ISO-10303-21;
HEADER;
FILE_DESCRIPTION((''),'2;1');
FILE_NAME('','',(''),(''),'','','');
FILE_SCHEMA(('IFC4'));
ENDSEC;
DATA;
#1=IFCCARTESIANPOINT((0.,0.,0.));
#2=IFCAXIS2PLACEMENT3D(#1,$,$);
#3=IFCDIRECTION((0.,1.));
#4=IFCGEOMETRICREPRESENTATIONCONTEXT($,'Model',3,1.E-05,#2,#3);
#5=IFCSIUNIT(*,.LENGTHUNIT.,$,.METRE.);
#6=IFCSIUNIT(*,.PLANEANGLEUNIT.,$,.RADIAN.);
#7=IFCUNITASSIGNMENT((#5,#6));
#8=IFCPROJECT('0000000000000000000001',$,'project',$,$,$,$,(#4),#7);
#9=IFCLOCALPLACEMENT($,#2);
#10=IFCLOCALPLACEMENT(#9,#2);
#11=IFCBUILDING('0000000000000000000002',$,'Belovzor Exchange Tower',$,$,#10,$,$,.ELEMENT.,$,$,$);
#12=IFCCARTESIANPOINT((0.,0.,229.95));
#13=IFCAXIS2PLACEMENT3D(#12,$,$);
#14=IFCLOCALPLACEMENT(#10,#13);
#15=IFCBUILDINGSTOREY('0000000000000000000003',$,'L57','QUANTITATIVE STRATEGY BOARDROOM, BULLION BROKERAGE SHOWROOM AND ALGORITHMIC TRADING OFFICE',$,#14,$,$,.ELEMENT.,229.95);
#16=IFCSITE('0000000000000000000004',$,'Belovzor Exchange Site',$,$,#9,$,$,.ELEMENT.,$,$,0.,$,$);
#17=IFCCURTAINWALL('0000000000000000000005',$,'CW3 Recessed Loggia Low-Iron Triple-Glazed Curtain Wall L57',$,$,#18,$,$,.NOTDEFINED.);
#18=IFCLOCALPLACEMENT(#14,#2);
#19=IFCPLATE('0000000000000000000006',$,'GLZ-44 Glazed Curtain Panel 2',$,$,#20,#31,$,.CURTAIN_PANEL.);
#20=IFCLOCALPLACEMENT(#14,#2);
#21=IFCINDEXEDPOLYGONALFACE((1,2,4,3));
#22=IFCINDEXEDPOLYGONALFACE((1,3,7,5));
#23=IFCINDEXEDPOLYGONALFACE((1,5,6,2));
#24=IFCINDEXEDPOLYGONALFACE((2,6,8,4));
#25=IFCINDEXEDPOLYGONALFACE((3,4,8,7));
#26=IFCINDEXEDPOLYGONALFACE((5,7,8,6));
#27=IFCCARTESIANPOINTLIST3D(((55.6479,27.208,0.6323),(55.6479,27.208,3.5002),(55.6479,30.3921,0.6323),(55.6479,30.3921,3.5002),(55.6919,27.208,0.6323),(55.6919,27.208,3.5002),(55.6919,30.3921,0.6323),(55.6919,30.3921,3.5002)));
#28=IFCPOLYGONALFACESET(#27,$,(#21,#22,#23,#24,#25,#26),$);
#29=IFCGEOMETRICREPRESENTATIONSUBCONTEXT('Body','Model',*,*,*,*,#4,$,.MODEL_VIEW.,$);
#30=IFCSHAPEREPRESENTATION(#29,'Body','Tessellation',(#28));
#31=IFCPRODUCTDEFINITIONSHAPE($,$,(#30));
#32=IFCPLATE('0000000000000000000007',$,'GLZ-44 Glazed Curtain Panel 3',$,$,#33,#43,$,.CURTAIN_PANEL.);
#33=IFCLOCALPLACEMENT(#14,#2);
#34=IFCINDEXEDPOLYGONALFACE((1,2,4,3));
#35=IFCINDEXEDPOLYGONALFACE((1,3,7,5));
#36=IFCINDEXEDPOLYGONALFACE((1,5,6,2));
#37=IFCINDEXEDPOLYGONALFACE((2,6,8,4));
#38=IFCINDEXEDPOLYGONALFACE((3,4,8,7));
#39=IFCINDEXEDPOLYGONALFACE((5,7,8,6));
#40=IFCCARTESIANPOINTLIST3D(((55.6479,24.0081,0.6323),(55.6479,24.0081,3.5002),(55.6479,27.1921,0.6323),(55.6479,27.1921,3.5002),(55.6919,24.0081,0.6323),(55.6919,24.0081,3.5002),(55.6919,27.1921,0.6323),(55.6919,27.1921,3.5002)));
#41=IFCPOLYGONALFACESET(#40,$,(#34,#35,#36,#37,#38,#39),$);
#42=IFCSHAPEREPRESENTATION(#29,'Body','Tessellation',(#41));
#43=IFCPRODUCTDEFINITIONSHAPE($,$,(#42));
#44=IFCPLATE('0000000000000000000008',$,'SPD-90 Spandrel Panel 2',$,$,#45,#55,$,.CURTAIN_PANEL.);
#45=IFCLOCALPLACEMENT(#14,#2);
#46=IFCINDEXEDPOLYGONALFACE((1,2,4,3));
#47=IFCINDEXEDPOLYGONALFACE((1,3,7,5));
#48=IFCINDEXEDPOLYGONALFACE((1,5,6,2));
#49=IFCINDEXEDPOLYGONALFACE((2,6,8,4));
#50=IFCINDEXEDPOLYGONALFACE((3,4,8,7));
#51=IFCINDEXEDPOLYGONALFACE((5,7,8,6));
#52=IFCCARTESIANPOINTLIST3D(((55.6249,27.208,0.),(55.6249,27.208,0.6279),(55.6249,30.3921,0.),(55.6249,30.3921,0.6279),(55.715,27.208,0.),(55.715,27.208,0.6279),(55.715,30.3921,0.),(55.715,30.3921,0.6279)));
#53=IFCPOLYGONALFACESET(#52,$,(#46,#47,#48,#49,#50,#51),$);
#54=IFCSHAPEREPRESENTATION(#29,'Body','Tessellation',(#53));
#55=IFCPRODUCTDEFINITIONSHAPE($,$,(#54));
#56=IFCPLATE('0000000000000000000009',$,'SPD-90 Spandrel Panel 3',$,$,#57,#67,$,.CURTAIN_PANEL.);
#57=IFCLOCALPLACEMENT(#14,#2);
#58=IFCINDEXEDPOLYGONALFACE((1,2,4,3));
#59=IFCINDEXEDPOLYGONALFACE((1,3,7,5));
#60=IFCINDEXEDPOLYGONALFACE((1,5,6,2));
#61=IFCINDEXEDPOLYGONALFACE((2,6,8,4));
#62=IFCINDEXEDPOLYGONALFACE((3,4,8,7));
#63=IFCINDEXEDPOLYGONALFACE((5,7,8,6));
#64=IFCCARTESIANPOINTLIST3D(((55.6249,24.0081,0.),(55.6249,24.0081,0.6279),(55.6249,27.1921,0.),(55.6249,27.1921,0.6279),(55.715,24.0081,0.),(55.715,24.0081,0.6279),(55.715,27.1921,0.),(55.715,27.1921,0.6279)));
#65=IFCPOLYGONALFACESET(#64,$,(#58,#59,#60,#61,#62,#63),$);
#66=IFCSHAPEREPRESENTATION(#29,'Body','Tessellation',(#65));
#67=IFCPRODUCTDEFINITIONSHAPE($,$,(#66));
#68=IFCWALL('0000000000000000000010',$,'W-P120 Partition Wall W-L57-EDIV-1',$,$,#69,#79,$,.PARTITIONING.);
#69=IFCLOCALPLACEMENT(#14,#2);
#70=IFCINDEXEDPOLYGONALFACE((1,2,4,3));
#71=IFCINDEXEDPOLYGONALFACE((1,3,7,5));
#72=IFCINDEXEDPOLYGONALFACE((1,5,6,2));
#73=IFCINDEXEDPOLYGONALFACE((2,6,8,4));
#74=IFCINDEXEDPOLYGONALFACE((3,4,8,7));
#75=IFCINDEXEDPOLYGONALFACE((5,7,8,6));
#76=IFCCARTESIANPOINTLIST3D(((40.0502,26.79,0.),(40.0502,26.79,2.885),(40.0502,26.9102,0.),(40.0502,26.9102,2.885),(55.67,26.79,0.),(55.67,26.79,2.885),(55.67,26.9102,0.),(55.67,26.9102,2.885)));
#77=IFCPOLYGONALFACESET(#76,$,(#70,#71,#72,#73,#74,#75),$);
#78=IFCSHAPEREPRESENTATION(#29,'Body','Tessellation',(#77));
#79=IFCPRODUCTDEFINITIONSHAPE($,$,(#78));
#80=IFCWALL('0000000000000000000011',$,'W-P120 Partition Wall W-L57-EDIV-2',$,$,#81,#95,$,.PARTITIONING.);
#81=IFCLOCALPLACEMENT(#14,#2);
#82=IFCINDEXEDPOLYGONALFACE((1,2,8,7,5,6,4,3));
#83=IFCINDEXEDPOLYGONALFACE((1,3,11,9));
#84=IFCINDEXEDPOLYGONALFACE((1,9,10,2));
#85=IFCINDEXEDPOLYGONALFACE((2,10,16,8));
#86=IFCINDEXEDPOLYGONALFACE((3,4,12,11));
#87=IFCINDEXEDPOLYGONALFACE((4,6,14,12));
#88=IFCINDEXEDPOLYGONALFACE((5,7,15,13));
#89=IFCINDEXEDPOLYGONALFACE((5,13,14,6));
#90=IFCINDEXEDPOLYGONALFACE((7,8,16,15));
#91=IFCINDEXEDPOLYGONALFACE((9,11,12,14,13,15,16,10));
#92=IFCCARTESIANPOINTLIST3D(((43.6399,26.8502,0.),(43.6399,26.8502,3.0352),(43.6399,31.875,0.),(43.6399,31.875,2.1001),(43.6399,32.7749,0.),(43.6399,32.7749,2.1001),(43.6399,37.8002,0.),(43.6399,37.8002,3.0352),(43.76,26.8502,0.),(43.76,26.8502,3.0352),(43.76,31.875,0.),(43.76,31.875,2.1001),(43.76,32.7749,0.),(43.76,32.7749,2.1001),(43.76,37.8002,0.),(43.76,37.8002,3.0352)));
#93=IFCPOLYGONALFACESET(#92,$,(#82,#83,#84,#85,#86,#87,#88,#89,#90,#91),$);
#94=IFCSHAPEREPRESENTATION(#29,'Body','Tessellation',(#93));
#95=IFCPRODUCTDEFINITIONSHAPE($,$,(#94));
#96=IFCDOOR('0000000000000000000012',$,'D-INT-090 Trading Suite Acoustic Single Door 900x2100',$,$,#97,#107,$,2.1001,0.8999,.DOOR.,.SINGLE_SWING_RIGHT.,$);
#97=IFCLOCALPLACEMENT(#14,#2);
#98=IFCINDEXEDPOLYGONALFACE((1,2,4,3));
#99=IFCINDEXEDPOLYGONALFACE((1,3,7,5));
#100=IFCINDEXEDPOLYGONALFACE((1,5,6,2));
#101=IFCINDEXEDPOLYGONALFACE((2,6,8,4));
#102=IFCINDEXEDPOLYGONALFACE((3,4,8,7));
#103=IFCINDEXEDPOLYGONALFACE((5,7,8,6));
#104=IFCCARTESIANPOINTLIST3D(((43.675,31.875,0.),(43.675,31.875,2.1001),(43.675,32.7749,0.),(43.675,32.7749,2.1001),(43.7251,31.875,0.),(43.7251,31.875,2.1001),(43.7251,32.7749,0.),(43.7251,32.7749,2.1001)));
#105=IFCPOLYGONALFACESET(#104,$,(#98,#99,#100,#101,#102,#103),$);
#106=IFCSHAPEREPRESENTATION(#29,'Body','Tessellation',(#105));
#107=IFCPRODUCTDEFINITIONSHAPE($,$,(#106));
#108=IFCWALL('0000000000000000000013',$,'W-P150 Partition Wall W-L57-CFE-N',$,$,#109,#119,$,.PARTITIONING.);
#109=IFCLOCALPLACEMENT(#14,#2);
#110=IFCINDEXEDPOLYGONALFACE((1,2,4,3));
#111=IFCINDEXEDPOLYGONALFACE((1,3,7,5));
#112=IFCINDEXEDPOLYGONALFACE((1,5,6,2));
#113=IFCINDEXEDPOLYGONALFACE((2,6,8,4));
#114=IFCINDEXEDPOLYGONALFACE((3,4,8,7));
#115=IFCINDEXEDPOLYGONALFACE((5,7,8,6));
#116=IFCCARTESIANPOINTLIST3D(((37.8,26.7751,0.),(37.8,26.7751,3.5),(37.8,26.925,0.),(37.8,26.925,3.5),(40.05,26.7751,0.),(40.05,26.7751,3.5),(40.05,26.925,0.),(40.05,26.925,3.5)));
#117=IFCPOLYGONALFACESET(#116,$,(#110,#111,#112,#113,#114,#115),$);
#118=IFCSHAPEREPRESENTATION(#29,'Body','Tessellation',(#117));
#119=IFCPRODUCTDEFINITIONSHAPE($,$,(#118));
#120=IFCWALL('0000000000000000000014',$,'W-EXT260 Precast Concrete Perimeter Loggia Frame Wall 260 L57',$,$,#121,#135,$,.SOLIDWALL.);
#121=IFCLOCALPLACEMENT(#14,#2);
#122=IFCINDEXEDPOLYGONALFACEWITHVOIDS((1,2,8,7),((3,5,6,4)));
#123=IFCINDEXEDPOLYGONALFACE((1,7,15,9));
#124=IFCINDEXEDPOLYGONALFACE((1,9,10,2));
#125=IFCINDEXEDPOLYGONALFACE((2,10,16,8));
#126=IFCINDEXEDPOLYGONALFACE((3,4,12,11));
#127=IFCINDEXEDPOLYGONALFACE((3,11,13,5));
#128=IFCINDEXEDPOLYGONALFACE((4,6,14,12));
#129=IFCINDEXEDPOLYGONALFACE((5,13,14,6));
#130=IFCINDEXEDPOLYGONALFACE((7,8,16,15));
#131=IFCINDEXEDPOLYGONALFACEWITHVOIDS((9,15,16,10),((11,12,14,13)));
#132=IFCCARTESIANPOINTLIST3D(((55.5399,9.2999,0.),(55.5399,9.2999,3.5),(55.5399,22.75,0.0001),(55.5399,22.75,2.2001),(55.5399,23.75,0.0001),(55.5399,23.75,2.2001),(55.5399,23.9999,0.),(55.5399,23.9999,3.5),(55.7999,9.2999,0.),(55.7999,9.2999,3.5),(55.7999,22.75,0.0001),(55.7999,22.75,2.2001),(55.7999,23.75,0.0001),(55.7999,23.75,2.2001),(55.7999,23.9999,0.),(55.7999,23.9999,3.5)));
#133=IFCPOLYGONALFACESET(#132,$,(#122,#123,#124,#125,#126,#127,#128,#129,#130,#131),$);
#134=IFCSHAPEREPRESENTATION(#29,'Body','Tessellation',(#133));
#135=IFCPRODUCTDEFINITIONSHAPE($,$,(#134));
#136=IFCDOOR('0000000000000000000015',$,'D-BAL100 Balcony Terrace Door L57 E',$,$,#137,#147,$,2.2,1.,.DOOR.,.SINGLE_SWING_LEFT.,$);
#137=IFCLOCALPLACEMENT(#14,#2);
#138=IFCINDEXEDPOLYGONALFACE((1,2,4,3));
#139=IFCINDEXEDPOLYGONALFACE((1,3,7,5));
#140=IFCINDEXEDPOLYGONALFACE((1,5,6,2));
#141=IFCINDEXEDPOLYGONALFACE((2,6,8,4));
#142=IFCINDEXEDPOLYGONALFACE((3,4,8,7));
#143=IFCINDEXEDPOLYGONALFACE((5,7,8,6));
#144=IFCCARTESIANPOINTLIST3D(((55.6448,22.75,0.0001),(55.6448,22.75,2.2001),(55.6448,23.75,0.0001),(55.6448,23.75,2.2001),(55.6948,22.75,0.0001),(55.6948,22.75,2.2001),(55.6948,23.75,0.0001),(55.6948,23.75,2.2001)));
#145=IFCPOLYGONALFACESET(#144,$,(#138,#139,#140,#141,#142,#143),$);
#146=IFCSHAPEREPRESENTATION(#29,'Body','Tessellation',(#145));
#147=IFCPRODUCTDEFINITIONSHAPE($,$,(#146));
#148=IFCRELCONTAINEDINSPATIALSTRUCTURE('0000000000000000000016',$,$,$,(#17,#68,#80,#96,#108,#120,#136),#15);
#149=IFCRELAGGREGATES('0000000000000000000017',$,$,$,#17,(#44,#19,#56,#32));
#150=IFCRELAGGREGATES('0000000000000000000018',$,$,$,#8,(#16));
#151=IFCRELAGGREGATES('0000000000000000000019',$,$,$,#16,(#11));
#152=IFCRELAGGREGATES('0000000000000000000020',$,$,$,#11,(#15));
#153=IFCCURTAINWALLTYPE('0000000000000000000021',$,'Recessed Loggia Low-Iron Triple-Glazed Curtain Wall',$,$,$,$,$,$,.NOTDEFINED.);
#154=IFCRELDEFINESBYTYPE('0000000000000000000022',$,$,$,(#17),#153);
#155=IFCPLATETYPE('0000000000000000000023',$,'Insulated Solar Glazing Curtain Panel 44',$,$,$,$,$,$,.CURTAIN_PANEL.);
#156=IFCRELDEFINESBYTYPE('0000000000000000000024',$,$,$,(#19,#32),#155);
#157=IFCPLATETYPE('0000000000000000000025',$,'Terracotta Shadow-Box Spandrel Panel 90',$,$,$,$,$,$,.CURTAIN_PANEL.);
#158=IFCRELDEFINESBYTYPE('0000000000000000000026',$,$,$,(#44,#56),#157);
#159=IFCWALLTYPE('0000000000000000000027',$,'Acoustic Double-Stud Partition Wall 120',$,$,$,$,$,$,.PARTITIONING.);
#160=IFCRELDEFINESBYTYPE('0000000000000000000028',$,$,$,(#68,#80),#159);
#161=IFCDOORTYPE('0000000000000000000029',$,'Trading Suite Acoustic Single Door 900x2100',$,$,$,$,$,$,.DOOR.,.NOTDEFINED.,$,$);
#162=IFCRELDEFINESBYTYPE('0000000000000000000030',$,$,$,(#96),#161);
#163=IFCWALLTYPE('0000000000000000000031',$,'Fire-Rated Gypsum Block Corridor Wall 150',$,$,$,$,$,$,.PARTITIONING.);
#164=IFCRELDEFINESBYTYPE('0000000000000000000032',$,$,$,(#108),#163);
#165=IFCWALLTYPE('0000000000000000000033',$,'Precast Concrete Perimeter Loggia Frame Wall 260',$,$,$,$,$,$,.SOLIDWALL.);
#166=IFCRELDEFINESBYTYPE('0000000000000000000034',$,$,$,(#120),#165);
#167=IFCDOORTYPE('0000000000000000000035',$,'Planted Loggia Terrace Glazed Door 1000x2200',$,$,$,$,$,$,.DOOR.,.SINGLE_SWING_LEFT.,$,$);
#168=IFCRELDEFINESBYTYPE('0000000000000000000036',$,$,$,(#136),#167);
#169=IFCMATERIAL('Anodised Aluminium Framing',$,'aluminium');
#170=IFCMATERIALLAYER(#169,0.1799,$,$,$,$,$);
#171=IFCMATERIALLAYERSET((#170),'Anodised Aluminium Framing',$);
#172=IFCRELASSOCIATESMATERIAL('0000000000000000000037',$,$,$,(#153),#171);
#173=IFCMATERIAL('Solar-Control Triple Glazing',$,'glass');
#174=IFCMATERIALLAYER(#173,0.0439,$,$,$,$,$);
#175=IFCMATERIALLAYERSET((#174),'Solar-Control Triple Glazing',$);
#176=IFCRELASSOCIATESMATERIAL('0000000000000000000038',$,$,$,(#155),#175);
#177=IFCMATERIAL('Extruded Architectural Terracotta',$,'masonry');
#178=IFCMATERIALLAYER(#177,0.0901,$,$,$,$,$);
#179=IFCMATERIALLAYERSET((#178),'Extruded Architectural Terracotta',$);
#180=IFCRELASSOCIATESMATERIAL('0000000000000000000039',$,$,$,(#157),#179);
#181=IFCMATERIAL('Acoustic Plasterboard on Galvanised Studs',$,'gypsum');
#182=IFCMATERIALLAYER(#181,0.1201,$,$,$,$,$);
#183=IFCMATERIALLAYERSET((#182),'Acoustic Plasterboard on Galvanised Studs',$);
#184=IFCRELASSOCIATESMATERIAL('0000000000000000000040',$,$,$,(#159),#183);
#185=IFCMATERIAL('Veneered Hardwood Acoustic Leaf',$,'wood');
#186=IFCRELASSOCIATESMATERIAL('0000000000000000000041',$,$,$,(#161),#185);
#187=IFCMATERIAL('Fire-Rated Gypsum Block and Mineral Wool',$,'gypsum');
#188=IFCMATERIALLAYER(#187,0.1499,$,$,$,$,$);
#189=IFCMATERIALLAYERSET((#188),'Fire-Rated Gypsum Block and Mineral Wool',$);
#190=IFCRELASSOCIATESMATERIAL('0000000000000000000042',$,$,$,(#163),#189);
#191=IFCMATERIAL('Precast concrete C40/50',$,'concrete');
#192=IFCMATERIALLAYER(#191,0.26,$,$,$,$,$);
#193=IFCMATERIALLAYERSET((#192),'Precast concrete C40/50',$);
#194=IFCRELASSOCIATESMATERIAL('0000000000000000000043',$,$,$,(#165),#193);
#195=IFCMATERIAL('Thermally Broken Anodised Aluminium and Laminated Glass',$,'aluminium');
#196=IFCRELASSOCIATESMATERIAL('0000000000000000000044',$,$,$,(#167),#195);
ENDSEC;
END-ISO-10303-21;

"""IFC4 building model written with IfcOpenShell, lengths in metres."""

from ifc_helpers import new_model, si_unit, direction, frame, frame_2d, origin, origin_2d, place, context, subcontext, project, spatial, rectangle, extrude, material, layer, layer_set, type_object, element, fill, aggregate, save


model = new_model("IFC4")

# Units and contexts
model_context = context("Model", 3, precision=1e-05, world=origin(), true_north=direction((0.0, 1.0)))
body_context = subcontext(model_context, "Body", "Model", "MODEL_VIEW")
ifc_project = project(units=[si_unit("LENGTHUNIT", "METRE"), si_unit("PLANEANGLEUNIT", "RADIAN")], contexts=[model_context])

# Site, building, storey
site_placement = place(None, origin())
site = spatial("IfcSite", under=ifc_project, at=site_placement, Name="Belovzor Exchange Site", CompositionType="ELEMENT", RefElevation=0.0)
building_placement = place(site_placement, origin())
building = spatial("IfcBuilding", under=site, at=building_placement, Name="Belovzor Exchange Tower", CompositionType="ELEMENT")
storey_placement = place(building_placement, frame((0.0, 0.0, 229.95)))
storey = spatial("IfcBuildingStorey", under=building, at=storey_placement, Name="L57", Description="QUANTITATIVE STRATEGY BOARDROOM, BULLION BROKERAGE SHOWROOM AND ALGORITHMIC TRADING OFFICE", CompositionType="ELEMENT", Elevation=229.95)

# Curtain wall
ifc_material_1 = material(Name="Anodised Aluminium Framing", Category="aluminium")
ifc_layer_1 = layer(ifc_material_1, 0.1799)
ifc_layer_set_1 = layer_set([ifc_layer_1], Name="Anodised Aluminium Framing")
curtain_wall_type = type_object("IfcCurtainWallType", Name="Recessed Loggia Low-Iron Triple-Glazed Curtain Wall", PredefinedType="NOTDEFINED", material=ifc_layer_set_1)
curtain_wall_placement = place(storey_placement, origin())
curtain_wall = element("IfcCurtainWall", 1, at=curtain_wall_placement, inside=storey, type_object=curtain_wall_type, Name="CW3 Recessed Loggia Low-Iron Triple-Glazed Curtain Wall L57", PredefinedType="NOTDEFINED")

# Plates
ifc_material_2 = material(Name="Solar-Control Triple Glazing", Category="glass")
ifc_layer_2 = layer(ifc_material_2, 0.0439)
ifc_layer_set_2 = layer_set([ifc_layer_2], Name="Solar-Control Triple Glazing")
plate_type_1 = type_object("IfcPlateType", Name="Insulated Solar Glazing Curtain Panel 44", PredefinedType="CURTAIN_PANEL", material=ifc_layer_set_2)
plate_1_placement = place(storey_placement, frame((55.6699, 28.8, 0.6323), z_axis=(0.0, 0.0, 1.0), x_axis=(0.0, -1.0, 0.0)))
plate_1 = element("IfcPlate", 2, at=plate_1_placement, type_object=plate_type_1, Name="GLZ-44 Glazed Curtain Panel 2", PredefinedType="CURTAIN_PANEL", context=body_context, shape_type="SweptSolid", body=[
    extrude(rectangle(XDim=3.1841, YDim=0.0439, at=origin_2d()), origin(), (0.0, 0.0, 1.0), 2.8679),
])
plate_2_placement = place(storey_placement, frame((55.6699, 25.6001, 0.6323), z_axis=(0.0, 0.0, 1.0), x_axis=(0.0, -1.0, 0.0)))
plate_2 = element("IfcPlate", 3, at=plate_2_placement, type_object=plate_type_1, Name="GLZ-44 Glazed Curtain Panel 3", PredefinedType="CURTAIN_PANEL", context=body_context, shape_type="SweptSolid", body=[
    extrude(rectangle(XDim=3.1841, YDim=0.0439, at=origin_2d()), origin(), (0.0, 0.0, 1.0), 2.8679),
])
ifc_material_3 = material(Name="Extruded Architectural Terracotta", Category="masonry")
ifc_layer_3 = layer(ifc_material_3, 0.0901)
ifc_layer_set_3 = layer_set([ifc_layer_3], Name="Extruded Architectural Terracotta")
plate_type_2 = type_object("IfcPlateType", Name="Terracotta Shadow-Box Spandrel Panel 90", PredefinedType="CURTAIN_PANEL", material=ifc_layer_set_3)
plate_3_placement = place(storey_placement, frame((55.6699, 28.8, 0.0), z_axis=(0.0, 0.0, 1.0), x_axis=(0.0, -1.0, 0.0)))
plate_3 = element("IfcPlate", 4, at=plate_3_placement, type_object=plate_type_2, Name="SPD-90 Spandrel Panel 2", PredefinedType="CURTAIN_PANEL", context=body_context, shape_type="SweptSolid", body=[
    extrude(rectangle(XDim=3.1841, YDim=0.0901, at=origin_2d()), origin(), (0.0, 0.0, 1.0), 0.6279),
])
plate_4_placement = place(storey_placement, frame((55.6699, 25.6001, 0.0), z_axis=(0.0, 0.0, 1.0), x_axis=(0.0, -1.0, 0.0)))
plate_4 = element("IfcPlate", 5, at=plate_4_placement, type_object=plate_type_2, Name="SPD-90 Spandrel Panel 3", PredefinedType="CURTAIN_PANEL", context=body_context, shape_type="SweptSolid", body=[
    extrude(rectangle(XDim=3.1841, YDim=0.0901, at=origin_2d()), origin(), (0.0, 0.0, 1.0), 0.6279),
])
aggregate(curtain_wall, [plate_3, plate_1, plate_4, plate_2])

# Wall
ifc_material_4 = material(Name="Acoustic Plasterboard on Galvanised Studs", Category="gypsum")
ifc_layer_4 = layer(ifc_material_4, 0.1201)
ifc_layer_set_4 = layer_set([ifc_layer_4], Name="Acoustic Plasterboard on Galvanised Studs")
wall_type_1 = type_object("IfcWallType", Name="Acoustic Double-Stud Partition Wall 120", PredefinedType="PARTITIONING", material=ifc_layer_set_4)
wall_1_placement = place(storey_placement, frame((40.05, 26.8501, 0.0), z_axis=(0.0, 0.0, 1.0), x_axis=(1.0, 0.0, 0.0)))
element("IfcWall", 6, at=wall_1_placement, inside=storey, type_object=wall_type_1, Name="W-P120 Partition Wall W-L57-EDIV-1", PredefinedType="PARTITIONING", context=body_context, shape_type="SweptSolid", body=[
    extrude(rectangle(XDim=15.6199, YDim=0.1201, at=frame_2d((7.8101, 0.0))), origin(), (0.0, 0.0, 1.0), 2.885),
])

# Wall, opening, door
wall_2_placement = place(storey_placement, frame((43.7, 26.8501, 0.0), z_axis=(0.0, 0.0, 1.0), x_axis=(0.0, 1.0, 0.0)))
wall_2 = element("IfcWall", 7, at=wall_2_placement, inside=storey, type_object=wall_type_1, Name="W-P120 Partition Wall W-L57-EDIV-2", PredefinedType="PARTITIONING", context=body_context, shape_type="SweptSolid", body=[
    extrude(rectangle(XDim=10.95, YDim=0.1201, at=frame_2d((5.4751, 0.0))), origin(), (0.0, 0.0, 1.0), 3.0352),
])
opening_1_placement = place(wall_2_placement, frame((5.0249, 0.0, 0.0)))
opening_1 = element("IfcOpeningElement", 8, at=opening_1_placement, cuts=wall_2, PredefinedType="OPENING", context=body_context, shape_type="SweptSolid", body=[
    extrude(rectangle(XDim=0.8999, YDim=2.1001, at=frame_2d((0.45, 1.05))), frame((0.0, 0.0701, 0.0), z_axis=(0.0, -1.0, 0.0), x_axis=(1.0, 0.0, 0.0)), (0.0, 0.0, 1.0), 0.1401),
])
ifc_material_5 = material(Name="Veneered Hardwood Acoustic Leaf", Category="wood")
door_type_1 = type_object("IfcDoorType", Name="Trading Suite Acoustic Single Door 900x2100", OperationType="NOTDEFINED", PredefinedType="DOOR", material=ifc_material_5)
door_1_placement = place(opening_1_placement, origin())
door_1 = element("IfcDoor", 9, at=door_1_placement, inside=storey, type_object=door_type_1, Name="D-INT-090 Trading Suite Acoustic Single Door 900x2100", OperationType="SINGLE_SWING_RIGHT", OverallHeight=2.1001, OverallWidth=0.8999, PredefinedType="DOOR", context=body_context, shape_type="SweptSolid", body=[
    extrude(rectangle(XDim=0.8999, YDim=2.1001, at=frame_2d((0.45, 1.05))), frame((0.0, 0.0249, 0.0), z_axis=(0.0, -1.0, 0.0), x_axis=(1.0, 0.0, 0.0)), (0.0, 0.0, 1.0), 0.05),
])
fill(opening_1, door_1)

# Wall
ifc_material_6 = material(Name="Fire-Rated Gypsum Block and Mineral Wool", Category="gypsum")
ifc_layer_5 = layer(ifc_material_6, 0.1499)
ifc_layer_set_5 = layer_set([ifc_layer_5], Name="Fire-Rated Gypsum Block and Mineral Wool")
wall_type_2 = type_object("IfcWallType", Name="Fire-Rated Gypsum Block Corridor Wall 150", PredefinedType="PARTITIONING", material=ifc_layer_set_5)
wall_3_placement = place(storey_placement, frame((37.8, 26.8501, 0.0), z_axis=(0.0, 0.0, 1.0), x_axis=(1.0, 0.0, 0.0)))
element("IfcWall", 10, at=wall_3_placement, inside=storey, type_object=wall_type_2, Name="W-P150 Partition Wall W-L57-CFE-N", PredefinedType="PARTITIONING", context=body_context, shape_type="SweptSolid", body=[
    extrude(rectangle(XDim=2.25, YDim=0.1499, at=frame_2d((1.125, 0.0))), origin(), (0.0, 0.0, 1.0), 3.5),
])

# Wall, opening, door
ifc_material_7 = material(Name="Precast concrete C40/50", Category="concrete")
ifc_layer_6 = layer(ifc_material_7, 0.26)
ifc_layer_set_6 = layer_set([ifc_layer_6], Name="Precast concrete C40/50")
wall_type_3 = type_object("IfcWallType", Name="Precast Concrete Perimeter Loggia Frame Wall 260", PredefinedType="SOLIDWALL", material=ifc_layer_set_6)
wall_4_placement = place(storey_placement, frame((55.6699, 24.0, 0.0), z_axis=(0.0, 0.0, 1.0), x_axis=(0.0, -1.0, 0.0)))
wall_4 = element("IfcWall", 11, at=wall_4_placement, inside=storey, type_object=wall_type_3, Name="W-EXT260 Precast Concrete Perimeter Loggia Frame Wall 260 L57", PredefinedType="SOLIDWALL", context=body_context, shape_type="SweptSolid", body=[
    extrude(rectangle(XDim=14.7, YDim=0.26, at=frame_2d((7.3501, 0.0))), origin(), (0.0, 0.0, 1.0), 3.5),
])
opening_2_placement = place(wall_4_placement, frame((0.25, 0.0, 0.0)))
opening_2 = element("IfcOpeningElement", 12, at=opening_2_placement, cuts=wall_4, PredefinedType="OPENING", context=body_context, shape_type="SweptSolid", body=[
    extrude(rectangle(XDim=1.0, YDim=2.2, at=frame_2d((0.5, 1.1001))), frame((0.0, 0.1399, 0.0), z_axis=(0.0, -1.0, 0.0), x_axis=(1.0, 0.0, 0.0)), (0.0, 0.0, 1.0), 0.28),
])
ifc_material_8 = material(Name="Thermally Broken Anodised Aluminium and Laminated Glass", Category="aluminium")
door_type_2 = type_object("IfcDoorType", Name="Planted Loggia Terrace Glazed Door 1000x2200", OperationType="SINGLE_SWING_LEFT", PredefinedType="DOOR", material=ifc_material_8)
door_2_placement = place(opening_2_placement, origin())
door_2 = element("IfcDoor", 13, at=door_2_placement, inside=storey, type_object=door_type_2, Name="D-BAL100 Balcony Terrace Door L57 E", OperationType="SINGLE_SWING_LEFT", OverallHeight=2.2, OverallWidth=1.0, PredefinedType="DOOR", context=body_context, shape_type="SweptSolid", body=[
    extrude(rectangle(XDim=1.0, YDim=2.2, at=frame_2d((0.5, 1.1001))), frame((0.0, 0.0249, 0.0), z_axis=(0.0, -1.0, 0.0), x_axis=(1.0, 0.0, 0.0)), (0.0, 0.0, 1.0), 0.05),
])
fill(opening_2, door_2)

save(model, "model.ifc")
